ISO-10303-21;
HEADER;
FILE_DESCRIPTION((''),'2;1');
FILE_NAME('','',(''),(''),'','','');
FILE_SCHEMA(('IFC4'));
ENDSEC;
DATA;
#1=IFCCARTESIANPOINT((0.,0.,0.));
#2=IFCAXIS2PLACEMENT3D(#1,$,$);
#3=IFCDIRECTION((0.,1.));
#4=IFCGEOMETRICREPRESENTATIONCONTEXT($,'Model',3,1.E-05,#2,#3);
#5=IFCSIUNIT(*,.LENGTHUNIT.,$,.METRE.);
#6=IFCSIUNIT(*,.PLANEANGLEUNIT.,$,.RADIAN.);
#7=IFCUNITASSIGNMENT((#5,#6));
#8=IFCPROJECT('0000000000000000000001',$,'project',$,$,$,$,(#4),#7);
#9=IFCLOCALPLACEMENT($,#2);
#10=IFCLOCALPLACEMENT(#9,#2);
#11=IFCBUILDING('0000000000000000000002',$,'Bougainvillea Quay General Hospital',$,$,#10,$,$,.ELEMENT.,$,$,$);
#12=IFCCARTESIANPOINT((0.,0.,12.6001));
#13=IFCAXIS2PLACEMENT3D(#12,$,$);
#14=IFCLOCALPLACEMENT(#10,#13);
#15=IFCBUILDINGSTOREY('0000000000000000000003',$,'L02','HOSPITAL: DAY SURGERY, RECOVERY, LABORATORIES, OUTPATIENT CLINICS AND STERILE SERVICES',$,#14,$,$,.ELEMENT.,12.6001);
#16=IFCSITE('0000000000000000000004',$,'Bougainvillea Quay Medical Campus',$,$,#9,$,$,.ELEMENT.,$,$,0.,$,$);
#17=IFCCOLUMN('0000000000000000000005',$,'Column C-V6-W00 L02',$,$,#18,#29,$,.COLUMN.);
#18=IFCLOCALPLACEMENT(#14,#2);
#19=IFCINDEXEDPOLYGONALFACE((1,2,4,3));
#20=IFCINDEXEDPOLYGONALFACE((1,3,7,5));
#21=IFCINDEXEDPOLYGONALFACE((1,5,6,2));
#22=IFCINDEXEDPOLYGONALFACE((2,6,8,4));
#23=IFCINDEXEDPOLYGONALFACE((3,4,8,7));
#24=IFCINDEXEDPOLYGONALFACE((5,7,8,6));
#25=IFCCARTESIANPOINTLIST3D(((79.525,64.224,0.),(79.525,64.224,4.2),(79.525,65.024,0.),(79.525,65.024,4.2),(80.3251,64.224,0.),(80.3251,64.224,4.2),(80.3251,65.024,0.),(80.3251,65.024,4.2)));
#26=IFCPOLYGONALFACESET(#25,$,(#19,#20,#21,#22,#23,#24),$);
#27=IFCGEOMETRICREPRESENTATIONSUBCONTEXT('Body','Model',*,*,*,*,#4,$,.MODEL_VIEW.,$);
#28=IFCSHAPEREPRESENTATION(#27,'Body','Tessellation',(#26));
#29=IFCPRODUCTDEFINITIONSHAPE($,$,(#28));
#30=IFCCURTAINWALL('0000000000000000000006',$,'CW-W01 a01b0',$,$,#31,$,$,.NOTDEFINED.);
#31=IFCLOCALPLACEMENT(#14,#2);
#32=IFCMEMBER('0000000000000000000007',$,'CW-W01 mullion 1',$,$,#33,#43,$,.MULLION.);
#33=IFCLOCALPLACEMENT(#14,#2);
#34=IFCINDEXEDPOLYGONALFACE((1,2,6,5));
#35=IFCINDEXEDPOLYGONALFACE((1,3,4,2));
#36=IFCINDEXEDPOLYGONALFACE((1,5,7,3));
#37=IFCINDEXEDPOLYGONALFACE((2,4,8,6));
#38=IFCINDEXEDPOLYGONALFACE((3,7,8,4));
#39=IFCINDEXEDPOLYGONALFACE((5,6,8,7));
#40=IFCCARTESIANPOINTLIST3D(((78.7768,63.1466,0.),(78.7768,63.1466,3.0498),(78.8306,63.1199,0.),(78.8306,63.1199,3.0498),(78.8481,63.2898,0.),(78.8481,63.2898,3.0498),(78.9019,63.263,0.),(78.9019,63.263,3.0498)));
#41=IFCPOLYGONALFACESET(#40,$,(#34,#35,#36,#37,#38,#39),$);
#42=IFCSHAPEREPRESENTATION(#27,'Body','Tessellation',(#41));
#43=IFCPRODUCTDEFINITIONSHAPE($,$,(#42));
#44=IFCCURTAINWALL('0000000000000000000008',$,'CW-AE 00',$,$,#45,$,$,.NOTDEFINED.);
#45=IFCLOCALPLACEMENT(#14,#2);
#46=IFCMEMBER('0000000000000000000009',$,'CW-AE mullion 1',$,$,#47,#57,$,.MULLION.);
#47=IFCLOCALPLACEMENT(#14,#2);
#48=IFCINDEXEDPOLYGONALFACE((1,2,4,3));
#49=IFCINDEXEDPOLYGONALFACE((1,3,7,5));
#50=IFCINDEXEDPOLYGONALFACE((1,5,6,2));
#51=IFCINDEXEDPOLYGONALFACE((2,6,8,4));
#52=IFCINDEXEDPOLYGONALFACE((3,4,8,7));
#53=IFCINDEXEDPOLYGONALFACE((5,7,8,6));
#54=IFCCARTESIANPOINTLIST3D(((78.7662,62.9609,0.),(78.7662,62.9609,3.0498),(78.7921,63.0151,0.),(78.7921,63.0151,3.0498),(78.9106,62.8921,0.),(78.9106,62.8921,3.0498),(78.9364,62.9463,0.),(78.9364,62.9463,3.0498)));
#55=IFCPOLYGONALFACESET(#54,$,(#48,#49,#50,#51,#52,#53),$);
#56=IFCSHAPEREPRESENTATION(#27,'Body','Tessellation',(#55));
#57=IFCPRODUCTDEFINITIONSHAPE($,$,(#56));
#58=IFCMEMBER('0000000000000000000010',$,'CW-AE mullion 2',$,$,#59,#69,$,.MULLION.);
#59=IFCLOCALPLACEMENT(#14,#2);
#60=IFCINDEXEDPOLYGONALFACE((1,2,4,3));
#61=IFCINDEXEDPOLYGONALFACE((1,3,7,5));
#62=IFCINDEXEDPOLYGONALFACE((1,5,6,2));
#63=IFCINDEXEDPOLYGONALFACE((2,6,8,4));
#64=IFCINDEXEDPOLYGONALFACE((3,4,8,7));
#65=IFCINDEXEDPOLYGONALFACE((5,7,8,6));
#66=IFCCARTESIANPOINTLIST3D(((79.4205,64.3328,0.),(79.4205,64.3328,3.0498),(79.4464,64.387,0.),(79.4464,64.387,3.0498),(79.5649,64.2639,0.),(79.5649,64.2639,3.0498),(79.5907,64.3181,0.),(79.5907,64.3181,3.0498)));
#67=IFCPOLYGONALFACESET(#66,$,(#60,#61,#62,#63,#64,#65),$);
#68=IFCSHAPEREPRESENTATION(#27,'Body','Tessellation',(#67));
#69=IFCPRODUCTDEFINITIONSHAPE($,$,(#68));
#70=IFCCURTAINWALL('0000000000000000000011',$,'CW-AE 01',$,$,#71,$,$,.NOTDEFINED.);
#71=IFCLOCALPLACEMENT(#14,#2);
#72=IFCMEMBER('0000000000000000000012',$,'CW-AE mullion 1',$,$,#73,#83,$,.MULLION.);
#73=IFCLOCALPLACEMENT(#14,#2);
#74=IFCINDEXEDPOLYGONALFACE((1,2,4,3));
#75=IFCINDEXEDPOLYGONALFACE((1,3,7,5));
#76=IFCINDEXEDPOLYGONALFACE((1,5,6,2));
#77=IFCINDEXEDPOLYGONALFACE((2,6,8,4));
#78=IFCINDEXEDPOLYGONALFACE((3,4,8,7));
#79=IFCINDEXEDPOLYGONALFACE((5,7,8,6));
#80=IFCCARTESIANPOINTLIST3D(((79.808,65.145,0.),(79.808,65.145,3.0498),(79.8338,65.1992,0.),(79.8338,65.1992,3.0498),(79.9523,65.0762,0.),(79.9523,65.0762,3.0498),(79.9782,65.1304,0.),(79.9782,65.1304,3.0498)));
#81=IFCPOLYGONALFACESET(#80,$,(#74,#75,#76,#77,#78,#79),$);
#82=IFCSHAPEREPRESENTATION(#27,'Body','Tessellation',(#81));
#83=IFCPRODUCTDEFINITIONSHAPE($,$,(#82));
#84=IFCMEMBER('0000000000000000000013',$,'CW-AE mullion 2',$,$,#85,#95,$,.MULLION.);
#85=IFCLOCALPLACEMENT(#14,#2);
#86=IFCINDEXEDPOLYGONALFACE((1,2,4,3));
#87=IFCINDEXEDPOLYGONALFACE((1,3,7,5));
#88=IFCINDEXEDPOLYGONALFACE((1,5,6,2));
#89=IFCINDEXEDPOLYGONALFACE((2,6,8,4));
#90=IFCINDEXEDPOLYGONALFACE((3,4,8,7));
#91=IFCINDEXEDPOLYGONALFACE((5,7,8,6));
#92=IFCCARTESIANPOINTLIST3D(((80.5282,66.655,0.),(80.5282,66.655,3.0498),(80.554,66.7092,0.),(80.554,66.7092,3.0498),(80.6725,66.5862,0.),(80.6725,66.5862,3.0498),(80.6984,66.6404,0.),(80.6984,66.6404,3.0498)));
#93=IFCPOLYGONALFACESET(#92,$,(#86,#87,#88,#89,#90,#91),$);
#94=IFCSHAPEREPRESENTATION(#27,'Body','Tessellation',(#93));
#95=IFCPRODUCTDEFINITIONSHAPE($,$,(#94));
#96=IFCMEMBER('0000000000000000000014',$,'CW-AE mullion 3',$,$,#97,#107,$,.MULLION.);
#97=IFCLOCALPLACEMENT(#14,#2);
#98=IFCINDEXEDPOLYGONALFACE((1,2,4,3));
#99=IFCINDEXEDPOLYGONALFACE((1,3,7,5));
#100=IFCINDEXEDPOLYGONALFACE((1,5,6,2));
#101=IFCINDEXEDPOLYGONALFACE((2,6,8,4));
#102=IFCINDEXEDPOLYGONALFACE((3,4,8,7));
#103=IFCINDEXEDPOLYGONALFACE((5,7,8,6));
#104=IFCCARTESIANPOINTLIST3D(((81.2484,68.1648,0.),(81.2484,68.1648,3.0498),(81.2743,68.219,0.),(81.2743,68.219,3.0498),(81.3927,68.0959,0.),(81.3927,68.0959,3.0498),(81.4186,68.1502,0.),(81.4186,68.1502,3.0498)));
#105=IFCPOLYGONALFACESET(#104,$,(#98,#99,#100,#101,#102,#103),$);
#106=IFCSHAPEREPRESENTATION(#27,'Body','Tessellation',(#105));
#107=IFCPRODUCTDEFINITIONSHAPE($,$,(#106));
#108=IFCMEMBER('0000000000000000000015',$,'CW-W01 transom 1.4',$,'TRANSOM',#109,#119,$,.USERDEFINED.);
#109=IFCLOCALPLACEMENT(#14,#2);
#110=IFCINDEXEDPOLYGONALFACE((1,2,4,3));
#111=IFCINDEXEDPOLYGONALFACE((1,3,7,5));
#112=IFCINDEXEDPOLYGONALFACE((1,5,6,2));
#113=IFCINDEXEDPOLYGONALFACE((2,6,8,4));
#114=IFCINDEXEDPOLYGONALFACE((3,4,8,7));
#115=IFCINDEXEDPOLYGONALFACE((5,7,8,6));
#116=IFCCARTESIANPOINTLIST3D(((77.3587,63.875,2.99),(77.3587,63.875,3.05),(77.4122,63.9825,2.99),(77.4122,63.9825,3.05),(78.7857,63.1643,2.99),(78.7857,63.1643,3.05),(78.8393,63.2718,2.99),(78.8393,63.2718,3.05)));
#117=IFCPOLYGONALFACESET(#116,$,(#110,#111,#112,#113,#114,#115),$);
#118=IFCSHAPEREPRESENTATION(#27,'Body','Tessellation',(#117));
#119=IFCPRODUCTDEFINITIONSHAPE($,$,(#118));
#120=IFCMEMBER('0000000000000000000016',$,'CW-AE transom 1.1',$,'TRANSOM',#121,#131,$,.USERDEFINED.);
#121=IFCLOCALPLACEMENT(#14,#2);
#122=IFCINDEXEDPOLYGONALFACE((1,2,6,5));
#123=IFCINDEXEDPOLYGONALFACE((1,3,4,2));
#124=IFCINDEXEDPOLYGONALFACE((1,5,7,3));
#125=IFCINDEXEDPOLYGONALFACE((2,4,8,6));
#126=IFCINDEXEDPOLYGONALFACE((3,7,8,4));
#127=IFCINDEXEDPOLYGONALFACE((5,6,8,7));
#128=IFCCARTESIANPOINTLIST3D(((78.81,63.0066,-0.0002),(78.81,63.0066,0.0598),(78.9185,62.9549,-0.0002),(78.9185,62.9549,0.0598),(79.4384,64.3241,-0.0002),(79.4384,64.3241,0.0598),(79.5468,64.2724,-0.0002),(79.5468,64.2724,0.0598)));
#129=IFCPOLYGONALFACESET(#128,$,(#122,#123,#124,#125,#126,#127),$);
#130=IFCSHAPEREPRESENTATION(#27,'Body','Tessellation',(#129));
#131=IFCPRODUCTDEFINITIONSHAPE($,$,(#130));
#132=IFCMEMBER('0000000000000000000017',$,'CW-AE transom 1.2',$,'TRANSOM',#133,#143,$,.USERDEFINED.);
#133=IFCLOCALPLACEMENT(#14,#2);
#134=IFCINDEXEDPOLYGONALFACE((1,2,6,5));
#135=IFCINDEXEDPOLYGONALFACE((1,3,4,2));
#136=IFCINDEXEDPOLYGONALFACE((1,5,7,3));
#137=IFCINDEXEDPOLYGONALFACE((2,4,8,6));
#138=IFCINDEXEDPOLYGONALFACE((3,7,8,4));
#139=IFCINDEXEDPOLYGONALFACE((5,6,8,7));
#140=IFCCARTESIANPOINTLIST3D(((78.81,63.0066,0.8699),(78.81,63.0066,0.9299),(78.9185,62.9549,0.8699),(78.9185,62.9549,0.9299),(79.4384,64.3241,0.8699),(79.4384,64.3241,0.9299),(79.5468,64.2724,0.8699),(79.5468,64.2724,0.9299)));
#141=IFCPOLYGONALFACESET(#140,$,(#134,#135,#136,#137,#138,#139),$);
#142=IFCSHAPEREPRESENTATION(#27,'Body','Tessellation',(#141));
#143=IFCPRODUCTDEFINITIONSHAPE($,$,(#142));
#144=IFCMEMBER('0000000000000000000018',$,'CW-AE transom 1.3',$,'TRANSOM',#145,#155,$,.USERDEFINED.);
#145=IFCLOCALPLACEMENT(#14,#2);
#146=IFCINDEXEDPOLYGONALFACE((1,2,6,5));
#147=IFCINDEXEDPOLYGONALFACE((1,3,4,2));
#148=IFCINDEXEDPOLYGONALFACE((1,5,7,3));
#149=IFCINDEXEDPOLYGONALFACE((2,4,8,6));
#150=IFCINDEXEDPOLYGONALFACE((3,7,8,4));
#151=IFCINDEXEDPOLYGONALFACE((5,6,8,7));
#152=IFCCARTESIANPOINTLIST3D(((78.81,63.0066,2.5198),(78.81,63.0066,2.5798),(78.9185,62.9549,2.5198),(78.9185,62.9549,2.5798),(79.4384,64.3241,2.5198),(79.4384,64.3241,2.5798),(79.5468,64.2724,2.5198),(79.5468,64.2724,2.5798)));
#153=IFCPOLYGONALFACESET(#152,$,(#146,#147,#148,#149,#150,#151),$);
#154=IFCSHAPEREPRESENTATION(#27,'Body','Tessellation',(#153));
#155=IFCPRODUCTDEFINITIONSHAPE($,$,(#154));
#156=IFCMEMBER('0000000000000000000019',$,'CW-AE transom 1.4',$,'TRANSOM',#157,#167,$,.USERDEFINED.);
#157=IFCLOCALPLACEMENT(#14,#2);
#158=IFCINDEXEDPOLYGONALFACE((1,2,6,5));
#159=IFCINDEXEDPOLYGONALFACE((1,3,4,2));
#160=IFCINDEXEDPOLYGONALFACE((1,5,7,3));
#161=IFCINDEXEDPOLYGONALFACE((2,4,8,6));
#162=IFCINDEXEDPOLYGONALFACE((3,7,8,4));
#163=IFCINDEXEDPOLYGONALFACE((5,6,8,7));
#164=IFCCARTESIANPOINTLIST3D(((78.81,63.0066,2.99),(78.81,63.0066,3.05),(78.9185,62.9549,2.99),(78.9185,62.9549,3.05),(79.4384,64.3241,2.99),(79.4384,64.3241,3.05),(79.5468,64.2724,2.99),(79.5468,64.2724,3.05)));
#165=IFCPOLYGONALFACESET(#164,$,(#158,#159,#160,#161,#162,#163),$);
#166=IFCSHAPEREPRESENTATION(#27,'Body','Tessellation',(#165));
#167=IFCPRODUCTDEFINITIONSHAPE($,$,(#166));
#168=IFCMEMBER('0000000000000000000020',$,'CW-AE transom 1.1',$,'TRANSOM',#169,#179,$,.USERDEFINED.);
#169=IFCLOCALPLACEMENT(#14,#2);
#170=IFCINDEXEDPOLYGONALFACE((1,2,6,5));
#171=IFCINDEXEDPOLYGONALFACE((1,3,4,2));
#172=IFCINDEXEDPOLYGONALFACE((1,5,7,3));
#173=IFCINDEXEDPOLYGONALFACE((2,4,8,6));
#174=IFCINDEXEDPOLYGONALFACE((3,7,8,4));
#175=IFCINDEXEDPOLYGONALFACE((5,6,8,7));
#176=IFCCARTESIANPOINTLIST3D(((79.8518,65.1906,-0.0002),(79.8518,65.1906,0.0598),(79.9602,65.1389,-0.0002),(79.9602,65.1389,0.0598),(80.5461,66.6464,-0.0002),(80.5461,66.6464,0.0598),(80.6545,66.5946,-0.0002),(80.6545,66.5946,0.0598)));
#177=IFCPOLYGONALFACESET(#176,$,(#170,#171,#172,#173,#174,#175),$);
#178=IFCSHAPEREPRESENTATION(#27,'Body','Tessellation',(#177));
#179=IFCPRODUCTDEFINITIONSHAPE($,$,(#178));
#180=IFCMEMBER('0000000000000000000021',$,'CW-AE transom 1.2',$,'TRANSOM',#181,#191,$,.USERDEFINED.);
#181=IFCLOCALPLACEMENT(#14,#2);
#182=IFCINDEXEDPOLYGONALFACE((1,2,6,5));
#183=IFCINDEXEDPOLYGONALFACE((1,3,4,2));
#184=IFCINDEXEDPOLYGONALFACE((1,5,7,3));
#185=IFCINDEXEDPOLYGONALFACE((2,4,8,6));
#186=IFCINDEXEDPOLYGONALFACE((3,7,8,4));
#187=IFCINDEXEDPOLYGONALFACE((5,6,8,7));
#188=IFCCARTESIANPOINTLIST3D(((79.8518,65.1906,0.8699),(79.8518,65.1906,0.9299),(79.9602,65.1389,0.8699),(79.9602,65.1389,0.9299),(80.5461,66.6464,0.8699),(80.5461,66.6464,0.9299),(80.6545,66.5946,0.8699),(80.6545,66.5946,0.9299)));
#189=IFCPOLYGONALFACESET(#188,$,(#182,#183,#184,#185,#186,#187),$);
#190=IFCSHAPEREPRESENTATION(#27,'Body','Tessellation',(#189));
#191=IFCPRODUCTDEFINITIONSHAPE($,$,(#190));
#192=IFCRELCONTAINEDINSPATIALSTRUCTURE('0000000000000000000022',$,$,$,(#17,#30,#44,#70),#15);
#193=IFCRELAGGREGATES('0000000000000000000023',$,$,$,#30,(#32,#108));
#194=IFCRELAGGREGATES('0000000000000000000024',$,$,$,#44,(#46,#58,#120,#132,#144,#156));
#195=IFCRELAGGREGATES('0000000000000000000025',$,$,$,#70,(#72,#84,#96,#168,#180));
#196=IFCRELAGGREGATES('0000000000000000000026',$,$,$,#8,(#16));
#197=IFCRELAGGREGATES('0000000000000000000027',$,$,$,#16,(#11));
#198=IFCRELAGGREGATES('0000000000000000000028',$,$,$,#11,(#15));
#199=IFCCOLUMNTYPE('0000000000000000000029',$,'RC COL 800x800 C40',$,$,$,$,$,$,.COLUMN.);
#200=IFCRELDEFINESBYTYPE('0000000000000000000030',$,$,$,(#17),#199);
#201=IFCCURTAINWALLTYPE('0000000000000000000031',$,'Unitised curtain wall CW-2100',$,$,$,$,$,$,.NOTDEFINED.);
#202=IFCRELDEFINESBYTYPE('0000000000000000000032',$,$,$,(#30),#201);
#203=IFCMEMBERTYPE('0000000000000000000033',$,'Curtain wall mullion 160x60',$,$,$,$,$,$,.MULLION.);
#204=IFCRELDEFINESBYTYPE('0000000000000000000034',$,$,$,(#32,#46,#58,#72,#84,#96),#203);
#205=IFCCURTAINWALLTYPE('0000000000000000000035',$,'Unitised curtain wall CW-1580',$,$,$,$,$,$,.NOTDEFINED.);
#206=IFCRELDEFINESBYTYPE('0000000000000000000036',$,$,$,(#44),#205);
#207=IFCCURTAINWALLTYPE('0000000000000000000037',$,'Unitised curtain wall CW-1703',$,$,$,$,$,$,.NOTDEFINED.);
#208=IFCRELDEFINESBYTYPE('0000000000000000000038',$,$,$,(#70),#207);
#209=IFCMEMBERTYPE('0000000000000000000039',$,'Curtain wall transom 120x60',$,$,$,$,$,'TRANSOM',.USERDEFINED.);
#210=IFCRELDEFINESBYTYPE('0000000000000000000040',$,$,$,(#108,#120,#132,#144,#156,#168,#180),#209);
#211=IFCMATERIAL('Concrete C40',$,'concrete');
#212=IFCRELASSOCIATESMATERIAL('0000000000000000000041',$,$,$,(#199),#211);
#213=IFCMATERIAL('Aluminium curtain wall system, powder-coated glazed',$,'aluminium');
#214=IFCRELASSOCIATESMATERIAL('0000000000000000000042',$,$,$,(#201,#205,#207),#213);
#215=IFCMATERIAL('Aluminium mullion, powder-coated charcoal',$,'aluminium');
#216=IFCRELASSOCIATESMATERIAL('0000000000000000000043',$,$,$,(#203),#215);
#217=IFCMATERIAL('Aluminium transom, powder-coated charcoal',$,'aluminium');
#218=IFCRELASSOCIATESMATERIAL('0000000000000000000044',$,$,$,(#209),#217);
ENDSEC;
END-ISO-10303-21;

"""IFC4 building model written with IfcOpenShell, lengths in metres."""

from ifc_helpers import new_model, si_unit, direction, frame, origin, origin_2d, place, context, subcontext, project, spatial, rectangle, extrude, material, material_profile, profile_set, type_object, element, aggregate, save


model = new_model("IFC4")

# Units and contexts
model_context = context("Model", 3, precision=1e-05, world=origin(), true_north=direction((0.0, 1.0)))
body_context = subcontext(model_context, "Body", "Model", "MODEL_VIEW")
ifc_project = project(units=[si_unit("LENGTHUNIT", "METRE"), si_unit("PLANEANGLEUNIT", "RADIAN")], contexts=[model_context])

# Site, building, storey
site_placement = place(None, origin())
site = spatial("IfcSite", under=ifc_project, at=site_placement, Name="Bougainvillea Quay Medical Campus", CompositionType="ELEMENT", RefElevation=0.0)
building_placement = place(site_placement, origin())
building = spatial("IfcBuilding", under=site, at=building_placement, Name="Bougainvillea Quay General Hospital", CompositionType="ELEMENT")
storey_placement = place(building_placement, frame((0.0, 0.0, 12.6001)))
storey = spatial("IfcBuildingStorey", under=building, at=storey_placement, Name="L02", Description="HOSPITAL: DAY SURGERY, RECOVERY, LABORATORIES, OUTPATIENT CLINICS AND STERILE SERVICES", CompositionType="ELEMENT", Elevation=12.6001)

# Column
ifc_material_1 = material(Name="Concrete C40", Category="concrete")
ifc_material_profile_1 = material_profile(ifc_material_1, rectangle(XDim=0.8, YDim=0.8, at=origin_2d()))
ifc_profile_set_1 = profile_set([ifc_material_profile_1], Name="Concrete C40")
column_type = type_object("IfcColumnType", Name="RC COL 800x800 C40", PredefinedType="COLUMN", material=ifc_profile_set_1)
column_placement = place(storey_placement, frame((79.925, 64.624, 0.0), z_axis=(0.0, 0.0, 1.0), x_axis=(1.0, 0.0, 0.0)))
element("IfcColumn", 1, at=column_placement, inside=storey, type_object=column_type, Name="Column C-V6-W00 L02", PredefinedType="COLUMN", context=body_context, shape_type="SweptSolid", body=[
    extrude(rectangle(XDim=0.8, YDim=0.8, at=origin_2d()), origin(), (0.0, 0.0, 1.0), 4.2),
])

# Curtain wall, member
ifc_material_2 = material(Name="Aluminium curtain wall system, powder-coated glazed", Category="aluminium")
curtain_wall_type_1 = type_object("IfcCurtainWallType", Name="Unitised curtain wall CW-2100", PredefinedType="NOTDEFINED", material=ifc_material_2)
curtain_wall_1_placement = place(storey_placement, origin())
curtain_wall_1 = element("IfcCurtainWall", 2, at=curtain_wall_1_placement, inside=storey, type_object=curtain_wall_type_1, Name="CW-W01 a01b0", PredefinedType="NOTDEFINED")
ifc_material_3 = material(Name="Aluminium mullion, powder-coated charcoal", Category="aluminium")
ifc_material_profile_2 = material_profile(ifc_material_3, rectangle(XDim=0.1599, YDim=0.0601, at=origin_2d()))
ifc_profile_set_2 = profile_set([ifc_material_profile_2], Name="Aluminium mullion, powder-coated charcoal")
member_type_1 = type_object("IfcMemberType", Name="Curtain wall mullion 160x60", PredefinedType="MULLION", material=ifc_profile_set_2)
member_1_placement = place(storey_placement, frame((78.8394, 63.2048, 0.0), z_axis=(0.0, 0.0, 1.0), x_axis=(-0.445731, -0.895167, 0.0)))
member_1 = element("IfcMember", 3, at=member_1_placement, type_object=member_type_1, Name="CW-W01 mullion 1", PredefinedType="MULLION", context=body_context, shape_type="SweptSolid", body=[
    extrude(rectangle(XDim=0.1599, YDim=0.0601, at=origin_2d()), origin(), (0.0, 0.0, 1.0), 3.0498),
])

# Curtain walls, members
curtain_wall_type_2 = type_object("IfcCurtainWallType", Name="Unitised curtain wall CW-1580", PredefinedType="NOTDEFINED", material=ifc_material_2)
curtain_wall_2_placement = place(storey_placement, origin())
curtain_wall_2 = element("IfcCurtainWall", 4, at=curtain_wall_2_placement, inside=storey, type_object=curtain_wall_type_2, Name="CW-AE 00", PredefinedType="NOTDEFINED")
member_2_placement = place(storey_placement, frame((78.8513, 62.9536, 0.0), z_axis=(0.0, 0.0, 1.0), x_axis=(-0.902576, 0.43053, 0.0)))
member_2 = element("IfcMember", 5, at=member_2_placement, type_object=member_type_1, Name="CW-AE mullion 1", PredefinedType="MULLION", context=body_context, shape_type="SweptSolid", body=[
    extrude(rectangle(XDim=0.1599, YDim=0.0601, at=origin_2d()), origin(), (0.0, 0.0, 1.0), 3.0498),
])
member_3_placement = place(storey_placement, frame((79.5056, 64.3254, 0.0), z_axis=(0.0, 0.0, 1.0), x_axis=(-0.902576, 0.43053, 0.0)))
member_3 = element("IfcMember", 6, at=member_3_placement, type_object=member_type_1, Name="CW-AE mullion 2", PredefinedType="MULLION", context=body_context, shape_type="SweptSolid", body=[
    extrude(rectangle(XDim=0.1599, YDim=0.0601, at=origin_2d()), origin(), (0.0, 0.0, 1.0), 3.0498),
])
curtain_wall_type_3 = type_object("IfcCurtainWallType", Name="Unitised curtain wall CW-1703", PredefinedType="NOTDEFINED", material=ifc_material_2)
curtain_wall_3_placement = place(storey_placement, origin())
curtain_wall_3 = element("IfcCurtainWall", 7, at=curtain_wall_3_placement, inside=storey, type_object=curtain_wall_type_3, Name="CW-AE 01", PredefinedType="NOTDEFINED")
member_4_placement = place(storey_placement, frame((79.8931, 65.1377, 0.0), z_axis=(0.0, 0.0, 1.0), x_axis=(-0.902576, 0.43053, 0.0)))
member_4 = element("IfcMember", 8, at=member_4_placement, type_object=member_type_1, Name="CW-AE mullion 1", PredefinedType="MULLION", context=body_context, shape_type="SweptSolid", body=[
    extrude(rectangle(XDim=0.1599, YDim=0.0601, at=origin_2d()), origin(), (0.0, 0.0, 1.0), 3.0498),
])
member_5_placement = place(storey_placement, frame((80.6133, 66.6477, 0.0), z_axis=(0.0, 0.0, 1.0), x_axis=(-0.902576, 0.43053, 0.0)))
member_5 = element("IfcMember", 9, at=member_5_placement, type_object=member_type_1, Name="CW-AE mullion 2", PredefinedType="MULLION", context=body_context, shape_type="SweptSolid", body=[
    extrude(rectangle(XDim=0.1599, YDim=0.0601, at=origin_2d()), origin(), (0.0, 0.0, 1.0), 3.0498),
])
member_6_placement = place(storey_placement, frame((81.3335, 68.1575, 0.0), z_axis=(0.0, 0.0, 1.0), x_axis=(-0.902576, 0.43053, 0.0)))
member_6 = element("IfcMember", 10, at=member_6_placement, type_object=member_type_1, Name="CW-AE mullion 3", PredefinedType="MULLION", context=body_context, shape_type="SweptSolid", body=[
    extrude(rectangle(XDim=0.1599, YDim=0.0601, at=origin_2d()), origin(), (0.0, 0.0, 1.0), 3.0498),
])

# Members
ifc_material_4 = material(Name="Aluminium transom, powder-coated charcoal", Category="aluminium")
ifc_material_profile_3 = material_profile(ifc_material_4, rectangle(XDim=0.1201, YDim=0.0601, at=origin_2d()))
ifc_profile_set_3 = profile_set([ifc_material_profile_3], Name="Aluminium transom, powder-coated charcoal")
member_type_2 = type_object("IfcMemberType", Name="Curtain wall transom 120x60", ElementType="TRANSOM", PredefinedType="USERDEFINED", material=ifc_profile_set_3)
member_7_placement = place(storey_placement, frame((78.8125, 63.218, 3.02), z_axis=(-0.895131, 0.445804, 0.0), x_axis=(-0.445804, -0.895131, 0.0)))
member_7 = element("IfcMember", 11, at=member_7_placement, type_object=member_type_2, Name="CW-W01 transom 1.4", ObjectType="TRANSOM", PredefinedType="USERDEFINED", context=body_context, shape_type="SweptSolid", body=[
    extrude(rectangle(XDim=0.1201, YDim=0.0601, at=origin_2d()), origin(), (0.0, 0.0, 1.0), 1.5942),
])
aggregate(curtain_wall_1, [member_1, member_7])
member_8_placement = place(storey_placement, frame((78.8643, 62.9807, 0.0298), z_axis=(0.430479, 0.902601, 0.0), x_axis=(-0.902601, 0.430479, 0.0)))
member_8 = element("IfcMember", 12, at=member_8_placement, type_object=member_type_2, Name="CW-AE transom 1.1", ObjectType="TRANSOM", PredefinedType="USERDEFINED", context=body_context, shape_type="SweptSolid", body=[
    extrude(rectangle(XDim=0.1201, YDim=0.0601, at=origin_2d()), origin(), (0.0, 0.0, 1.0), 1.4597),
])
member_9_placement = place(storey_placement, frame((78.8643, 62.9807, 0.8999), z_axis=(0.430479, 0.902601, 0.0), x_axis=(-0.902601, 0.430479, 0.0)))
member_9 = element("IfcMember", 13, at=member_9_placement, type_object=member_type_2, Name="CW-AE transom 1.2", ObjectType="TRANSOM", PredefinedType="USERDEFINED", context=body_context, shape_type="SweptSolid", body=[
    extrude(rectangle(XDim=0.1201, YDim=0.0601, at=origin_2d()), origin(), (0.0, 0.0, 1.0), 1.4597),
])
member_10_placement = place(storey_placement, frame((78.8643, 62.9807, 2.5498), z_axis=(0.430479, 0.902601, 0.0), x_axis=(-0.902601, 0.430479, 0.0)))
member_10 = element("IfcMember", 14, at=member_10_placement, type_object=member_type_2, Name="CW-AE transom 1.3", ObjectType="TRANSOM", PredefinedType="USERDEFINED", context=body_context, shape_type="SweptSolid", body=[
    extrude(rectangle(XDim=0.1201, YDim=0.0601, at=origin_2d()), origin(), (0.0, 0.0, 1.0), 1.4597),
])
member_11_placement = place(storey_placement, frame((78.8643, 62.9807, 3.02), z_axis=(0.430479, 0.902601, 0.0), x_axis=(-0.902601, 0.430479, 0.0)))
member_11 = element("IfcMember", 15, at=member_11_placement, type_object=member_type_2, Name="CW-AE transom 1.4", ObjectType="TRANSOM", PredefinedType="USERDEFINED", context=body_context, shape_type="SweptSolid", body=[
    extrude(rectangle(XDim=0.1201, YDim=0.0601, at=origin_2d()), origin(), (0.0, 0.0, 1.0), 1.4597),
])
member_12_placement = place(storey_placement, frame((79.906, 65.1648, 0.0298), z_axis=(0.430486, 0.902597, 0.0), x_axis=(-0.902597, 0.430486, 0.0)))
member_12 = element("IfcMember", 16, at=member_12_placement, type_object=member_type_2, Name="CW-AE transom 1.1", ObjectType="TRANSOM", PredefinedType="USERDEFINED", context=body_context, shape_type="SweptSolid", body=[
    extrude(rectangle(XDim=0.1201, YDim=0.0601, at=origin_2d()), origin(), (0.0, 0.0, 1.0), 1.6128),
])
member_13_placement = place(storey_placement, frame((79.906, 65.1648, 0.8999), z_axis=(0.430486, 0.902597, 0.0), x_axis=(-0.902597, 0.430486, 0.0)))
member_13 = element("IfcMember", 17, at=member_13_placement, type_object=member_type_2, Name="CW-AE transom 1.2", ObjectType="TRANSOM", PredefinedType="USERDEFINED", context=body_context, shape_type="SweptSolid", body=[
    extrude(rectangle(XDim=0.1201, YDim=0.0601, at=origin_2d()), origin(), (0.0, 0.0, 1.0), 1.6128),
])

aggregate(curtain_wall_2, [member_2, member_3, member_8, member_9, member_10, member_11])
aggregate(curtain_wall_3, [member_4, member_5, member_6, member_12, member_13])

save(model, "model.ifc")
